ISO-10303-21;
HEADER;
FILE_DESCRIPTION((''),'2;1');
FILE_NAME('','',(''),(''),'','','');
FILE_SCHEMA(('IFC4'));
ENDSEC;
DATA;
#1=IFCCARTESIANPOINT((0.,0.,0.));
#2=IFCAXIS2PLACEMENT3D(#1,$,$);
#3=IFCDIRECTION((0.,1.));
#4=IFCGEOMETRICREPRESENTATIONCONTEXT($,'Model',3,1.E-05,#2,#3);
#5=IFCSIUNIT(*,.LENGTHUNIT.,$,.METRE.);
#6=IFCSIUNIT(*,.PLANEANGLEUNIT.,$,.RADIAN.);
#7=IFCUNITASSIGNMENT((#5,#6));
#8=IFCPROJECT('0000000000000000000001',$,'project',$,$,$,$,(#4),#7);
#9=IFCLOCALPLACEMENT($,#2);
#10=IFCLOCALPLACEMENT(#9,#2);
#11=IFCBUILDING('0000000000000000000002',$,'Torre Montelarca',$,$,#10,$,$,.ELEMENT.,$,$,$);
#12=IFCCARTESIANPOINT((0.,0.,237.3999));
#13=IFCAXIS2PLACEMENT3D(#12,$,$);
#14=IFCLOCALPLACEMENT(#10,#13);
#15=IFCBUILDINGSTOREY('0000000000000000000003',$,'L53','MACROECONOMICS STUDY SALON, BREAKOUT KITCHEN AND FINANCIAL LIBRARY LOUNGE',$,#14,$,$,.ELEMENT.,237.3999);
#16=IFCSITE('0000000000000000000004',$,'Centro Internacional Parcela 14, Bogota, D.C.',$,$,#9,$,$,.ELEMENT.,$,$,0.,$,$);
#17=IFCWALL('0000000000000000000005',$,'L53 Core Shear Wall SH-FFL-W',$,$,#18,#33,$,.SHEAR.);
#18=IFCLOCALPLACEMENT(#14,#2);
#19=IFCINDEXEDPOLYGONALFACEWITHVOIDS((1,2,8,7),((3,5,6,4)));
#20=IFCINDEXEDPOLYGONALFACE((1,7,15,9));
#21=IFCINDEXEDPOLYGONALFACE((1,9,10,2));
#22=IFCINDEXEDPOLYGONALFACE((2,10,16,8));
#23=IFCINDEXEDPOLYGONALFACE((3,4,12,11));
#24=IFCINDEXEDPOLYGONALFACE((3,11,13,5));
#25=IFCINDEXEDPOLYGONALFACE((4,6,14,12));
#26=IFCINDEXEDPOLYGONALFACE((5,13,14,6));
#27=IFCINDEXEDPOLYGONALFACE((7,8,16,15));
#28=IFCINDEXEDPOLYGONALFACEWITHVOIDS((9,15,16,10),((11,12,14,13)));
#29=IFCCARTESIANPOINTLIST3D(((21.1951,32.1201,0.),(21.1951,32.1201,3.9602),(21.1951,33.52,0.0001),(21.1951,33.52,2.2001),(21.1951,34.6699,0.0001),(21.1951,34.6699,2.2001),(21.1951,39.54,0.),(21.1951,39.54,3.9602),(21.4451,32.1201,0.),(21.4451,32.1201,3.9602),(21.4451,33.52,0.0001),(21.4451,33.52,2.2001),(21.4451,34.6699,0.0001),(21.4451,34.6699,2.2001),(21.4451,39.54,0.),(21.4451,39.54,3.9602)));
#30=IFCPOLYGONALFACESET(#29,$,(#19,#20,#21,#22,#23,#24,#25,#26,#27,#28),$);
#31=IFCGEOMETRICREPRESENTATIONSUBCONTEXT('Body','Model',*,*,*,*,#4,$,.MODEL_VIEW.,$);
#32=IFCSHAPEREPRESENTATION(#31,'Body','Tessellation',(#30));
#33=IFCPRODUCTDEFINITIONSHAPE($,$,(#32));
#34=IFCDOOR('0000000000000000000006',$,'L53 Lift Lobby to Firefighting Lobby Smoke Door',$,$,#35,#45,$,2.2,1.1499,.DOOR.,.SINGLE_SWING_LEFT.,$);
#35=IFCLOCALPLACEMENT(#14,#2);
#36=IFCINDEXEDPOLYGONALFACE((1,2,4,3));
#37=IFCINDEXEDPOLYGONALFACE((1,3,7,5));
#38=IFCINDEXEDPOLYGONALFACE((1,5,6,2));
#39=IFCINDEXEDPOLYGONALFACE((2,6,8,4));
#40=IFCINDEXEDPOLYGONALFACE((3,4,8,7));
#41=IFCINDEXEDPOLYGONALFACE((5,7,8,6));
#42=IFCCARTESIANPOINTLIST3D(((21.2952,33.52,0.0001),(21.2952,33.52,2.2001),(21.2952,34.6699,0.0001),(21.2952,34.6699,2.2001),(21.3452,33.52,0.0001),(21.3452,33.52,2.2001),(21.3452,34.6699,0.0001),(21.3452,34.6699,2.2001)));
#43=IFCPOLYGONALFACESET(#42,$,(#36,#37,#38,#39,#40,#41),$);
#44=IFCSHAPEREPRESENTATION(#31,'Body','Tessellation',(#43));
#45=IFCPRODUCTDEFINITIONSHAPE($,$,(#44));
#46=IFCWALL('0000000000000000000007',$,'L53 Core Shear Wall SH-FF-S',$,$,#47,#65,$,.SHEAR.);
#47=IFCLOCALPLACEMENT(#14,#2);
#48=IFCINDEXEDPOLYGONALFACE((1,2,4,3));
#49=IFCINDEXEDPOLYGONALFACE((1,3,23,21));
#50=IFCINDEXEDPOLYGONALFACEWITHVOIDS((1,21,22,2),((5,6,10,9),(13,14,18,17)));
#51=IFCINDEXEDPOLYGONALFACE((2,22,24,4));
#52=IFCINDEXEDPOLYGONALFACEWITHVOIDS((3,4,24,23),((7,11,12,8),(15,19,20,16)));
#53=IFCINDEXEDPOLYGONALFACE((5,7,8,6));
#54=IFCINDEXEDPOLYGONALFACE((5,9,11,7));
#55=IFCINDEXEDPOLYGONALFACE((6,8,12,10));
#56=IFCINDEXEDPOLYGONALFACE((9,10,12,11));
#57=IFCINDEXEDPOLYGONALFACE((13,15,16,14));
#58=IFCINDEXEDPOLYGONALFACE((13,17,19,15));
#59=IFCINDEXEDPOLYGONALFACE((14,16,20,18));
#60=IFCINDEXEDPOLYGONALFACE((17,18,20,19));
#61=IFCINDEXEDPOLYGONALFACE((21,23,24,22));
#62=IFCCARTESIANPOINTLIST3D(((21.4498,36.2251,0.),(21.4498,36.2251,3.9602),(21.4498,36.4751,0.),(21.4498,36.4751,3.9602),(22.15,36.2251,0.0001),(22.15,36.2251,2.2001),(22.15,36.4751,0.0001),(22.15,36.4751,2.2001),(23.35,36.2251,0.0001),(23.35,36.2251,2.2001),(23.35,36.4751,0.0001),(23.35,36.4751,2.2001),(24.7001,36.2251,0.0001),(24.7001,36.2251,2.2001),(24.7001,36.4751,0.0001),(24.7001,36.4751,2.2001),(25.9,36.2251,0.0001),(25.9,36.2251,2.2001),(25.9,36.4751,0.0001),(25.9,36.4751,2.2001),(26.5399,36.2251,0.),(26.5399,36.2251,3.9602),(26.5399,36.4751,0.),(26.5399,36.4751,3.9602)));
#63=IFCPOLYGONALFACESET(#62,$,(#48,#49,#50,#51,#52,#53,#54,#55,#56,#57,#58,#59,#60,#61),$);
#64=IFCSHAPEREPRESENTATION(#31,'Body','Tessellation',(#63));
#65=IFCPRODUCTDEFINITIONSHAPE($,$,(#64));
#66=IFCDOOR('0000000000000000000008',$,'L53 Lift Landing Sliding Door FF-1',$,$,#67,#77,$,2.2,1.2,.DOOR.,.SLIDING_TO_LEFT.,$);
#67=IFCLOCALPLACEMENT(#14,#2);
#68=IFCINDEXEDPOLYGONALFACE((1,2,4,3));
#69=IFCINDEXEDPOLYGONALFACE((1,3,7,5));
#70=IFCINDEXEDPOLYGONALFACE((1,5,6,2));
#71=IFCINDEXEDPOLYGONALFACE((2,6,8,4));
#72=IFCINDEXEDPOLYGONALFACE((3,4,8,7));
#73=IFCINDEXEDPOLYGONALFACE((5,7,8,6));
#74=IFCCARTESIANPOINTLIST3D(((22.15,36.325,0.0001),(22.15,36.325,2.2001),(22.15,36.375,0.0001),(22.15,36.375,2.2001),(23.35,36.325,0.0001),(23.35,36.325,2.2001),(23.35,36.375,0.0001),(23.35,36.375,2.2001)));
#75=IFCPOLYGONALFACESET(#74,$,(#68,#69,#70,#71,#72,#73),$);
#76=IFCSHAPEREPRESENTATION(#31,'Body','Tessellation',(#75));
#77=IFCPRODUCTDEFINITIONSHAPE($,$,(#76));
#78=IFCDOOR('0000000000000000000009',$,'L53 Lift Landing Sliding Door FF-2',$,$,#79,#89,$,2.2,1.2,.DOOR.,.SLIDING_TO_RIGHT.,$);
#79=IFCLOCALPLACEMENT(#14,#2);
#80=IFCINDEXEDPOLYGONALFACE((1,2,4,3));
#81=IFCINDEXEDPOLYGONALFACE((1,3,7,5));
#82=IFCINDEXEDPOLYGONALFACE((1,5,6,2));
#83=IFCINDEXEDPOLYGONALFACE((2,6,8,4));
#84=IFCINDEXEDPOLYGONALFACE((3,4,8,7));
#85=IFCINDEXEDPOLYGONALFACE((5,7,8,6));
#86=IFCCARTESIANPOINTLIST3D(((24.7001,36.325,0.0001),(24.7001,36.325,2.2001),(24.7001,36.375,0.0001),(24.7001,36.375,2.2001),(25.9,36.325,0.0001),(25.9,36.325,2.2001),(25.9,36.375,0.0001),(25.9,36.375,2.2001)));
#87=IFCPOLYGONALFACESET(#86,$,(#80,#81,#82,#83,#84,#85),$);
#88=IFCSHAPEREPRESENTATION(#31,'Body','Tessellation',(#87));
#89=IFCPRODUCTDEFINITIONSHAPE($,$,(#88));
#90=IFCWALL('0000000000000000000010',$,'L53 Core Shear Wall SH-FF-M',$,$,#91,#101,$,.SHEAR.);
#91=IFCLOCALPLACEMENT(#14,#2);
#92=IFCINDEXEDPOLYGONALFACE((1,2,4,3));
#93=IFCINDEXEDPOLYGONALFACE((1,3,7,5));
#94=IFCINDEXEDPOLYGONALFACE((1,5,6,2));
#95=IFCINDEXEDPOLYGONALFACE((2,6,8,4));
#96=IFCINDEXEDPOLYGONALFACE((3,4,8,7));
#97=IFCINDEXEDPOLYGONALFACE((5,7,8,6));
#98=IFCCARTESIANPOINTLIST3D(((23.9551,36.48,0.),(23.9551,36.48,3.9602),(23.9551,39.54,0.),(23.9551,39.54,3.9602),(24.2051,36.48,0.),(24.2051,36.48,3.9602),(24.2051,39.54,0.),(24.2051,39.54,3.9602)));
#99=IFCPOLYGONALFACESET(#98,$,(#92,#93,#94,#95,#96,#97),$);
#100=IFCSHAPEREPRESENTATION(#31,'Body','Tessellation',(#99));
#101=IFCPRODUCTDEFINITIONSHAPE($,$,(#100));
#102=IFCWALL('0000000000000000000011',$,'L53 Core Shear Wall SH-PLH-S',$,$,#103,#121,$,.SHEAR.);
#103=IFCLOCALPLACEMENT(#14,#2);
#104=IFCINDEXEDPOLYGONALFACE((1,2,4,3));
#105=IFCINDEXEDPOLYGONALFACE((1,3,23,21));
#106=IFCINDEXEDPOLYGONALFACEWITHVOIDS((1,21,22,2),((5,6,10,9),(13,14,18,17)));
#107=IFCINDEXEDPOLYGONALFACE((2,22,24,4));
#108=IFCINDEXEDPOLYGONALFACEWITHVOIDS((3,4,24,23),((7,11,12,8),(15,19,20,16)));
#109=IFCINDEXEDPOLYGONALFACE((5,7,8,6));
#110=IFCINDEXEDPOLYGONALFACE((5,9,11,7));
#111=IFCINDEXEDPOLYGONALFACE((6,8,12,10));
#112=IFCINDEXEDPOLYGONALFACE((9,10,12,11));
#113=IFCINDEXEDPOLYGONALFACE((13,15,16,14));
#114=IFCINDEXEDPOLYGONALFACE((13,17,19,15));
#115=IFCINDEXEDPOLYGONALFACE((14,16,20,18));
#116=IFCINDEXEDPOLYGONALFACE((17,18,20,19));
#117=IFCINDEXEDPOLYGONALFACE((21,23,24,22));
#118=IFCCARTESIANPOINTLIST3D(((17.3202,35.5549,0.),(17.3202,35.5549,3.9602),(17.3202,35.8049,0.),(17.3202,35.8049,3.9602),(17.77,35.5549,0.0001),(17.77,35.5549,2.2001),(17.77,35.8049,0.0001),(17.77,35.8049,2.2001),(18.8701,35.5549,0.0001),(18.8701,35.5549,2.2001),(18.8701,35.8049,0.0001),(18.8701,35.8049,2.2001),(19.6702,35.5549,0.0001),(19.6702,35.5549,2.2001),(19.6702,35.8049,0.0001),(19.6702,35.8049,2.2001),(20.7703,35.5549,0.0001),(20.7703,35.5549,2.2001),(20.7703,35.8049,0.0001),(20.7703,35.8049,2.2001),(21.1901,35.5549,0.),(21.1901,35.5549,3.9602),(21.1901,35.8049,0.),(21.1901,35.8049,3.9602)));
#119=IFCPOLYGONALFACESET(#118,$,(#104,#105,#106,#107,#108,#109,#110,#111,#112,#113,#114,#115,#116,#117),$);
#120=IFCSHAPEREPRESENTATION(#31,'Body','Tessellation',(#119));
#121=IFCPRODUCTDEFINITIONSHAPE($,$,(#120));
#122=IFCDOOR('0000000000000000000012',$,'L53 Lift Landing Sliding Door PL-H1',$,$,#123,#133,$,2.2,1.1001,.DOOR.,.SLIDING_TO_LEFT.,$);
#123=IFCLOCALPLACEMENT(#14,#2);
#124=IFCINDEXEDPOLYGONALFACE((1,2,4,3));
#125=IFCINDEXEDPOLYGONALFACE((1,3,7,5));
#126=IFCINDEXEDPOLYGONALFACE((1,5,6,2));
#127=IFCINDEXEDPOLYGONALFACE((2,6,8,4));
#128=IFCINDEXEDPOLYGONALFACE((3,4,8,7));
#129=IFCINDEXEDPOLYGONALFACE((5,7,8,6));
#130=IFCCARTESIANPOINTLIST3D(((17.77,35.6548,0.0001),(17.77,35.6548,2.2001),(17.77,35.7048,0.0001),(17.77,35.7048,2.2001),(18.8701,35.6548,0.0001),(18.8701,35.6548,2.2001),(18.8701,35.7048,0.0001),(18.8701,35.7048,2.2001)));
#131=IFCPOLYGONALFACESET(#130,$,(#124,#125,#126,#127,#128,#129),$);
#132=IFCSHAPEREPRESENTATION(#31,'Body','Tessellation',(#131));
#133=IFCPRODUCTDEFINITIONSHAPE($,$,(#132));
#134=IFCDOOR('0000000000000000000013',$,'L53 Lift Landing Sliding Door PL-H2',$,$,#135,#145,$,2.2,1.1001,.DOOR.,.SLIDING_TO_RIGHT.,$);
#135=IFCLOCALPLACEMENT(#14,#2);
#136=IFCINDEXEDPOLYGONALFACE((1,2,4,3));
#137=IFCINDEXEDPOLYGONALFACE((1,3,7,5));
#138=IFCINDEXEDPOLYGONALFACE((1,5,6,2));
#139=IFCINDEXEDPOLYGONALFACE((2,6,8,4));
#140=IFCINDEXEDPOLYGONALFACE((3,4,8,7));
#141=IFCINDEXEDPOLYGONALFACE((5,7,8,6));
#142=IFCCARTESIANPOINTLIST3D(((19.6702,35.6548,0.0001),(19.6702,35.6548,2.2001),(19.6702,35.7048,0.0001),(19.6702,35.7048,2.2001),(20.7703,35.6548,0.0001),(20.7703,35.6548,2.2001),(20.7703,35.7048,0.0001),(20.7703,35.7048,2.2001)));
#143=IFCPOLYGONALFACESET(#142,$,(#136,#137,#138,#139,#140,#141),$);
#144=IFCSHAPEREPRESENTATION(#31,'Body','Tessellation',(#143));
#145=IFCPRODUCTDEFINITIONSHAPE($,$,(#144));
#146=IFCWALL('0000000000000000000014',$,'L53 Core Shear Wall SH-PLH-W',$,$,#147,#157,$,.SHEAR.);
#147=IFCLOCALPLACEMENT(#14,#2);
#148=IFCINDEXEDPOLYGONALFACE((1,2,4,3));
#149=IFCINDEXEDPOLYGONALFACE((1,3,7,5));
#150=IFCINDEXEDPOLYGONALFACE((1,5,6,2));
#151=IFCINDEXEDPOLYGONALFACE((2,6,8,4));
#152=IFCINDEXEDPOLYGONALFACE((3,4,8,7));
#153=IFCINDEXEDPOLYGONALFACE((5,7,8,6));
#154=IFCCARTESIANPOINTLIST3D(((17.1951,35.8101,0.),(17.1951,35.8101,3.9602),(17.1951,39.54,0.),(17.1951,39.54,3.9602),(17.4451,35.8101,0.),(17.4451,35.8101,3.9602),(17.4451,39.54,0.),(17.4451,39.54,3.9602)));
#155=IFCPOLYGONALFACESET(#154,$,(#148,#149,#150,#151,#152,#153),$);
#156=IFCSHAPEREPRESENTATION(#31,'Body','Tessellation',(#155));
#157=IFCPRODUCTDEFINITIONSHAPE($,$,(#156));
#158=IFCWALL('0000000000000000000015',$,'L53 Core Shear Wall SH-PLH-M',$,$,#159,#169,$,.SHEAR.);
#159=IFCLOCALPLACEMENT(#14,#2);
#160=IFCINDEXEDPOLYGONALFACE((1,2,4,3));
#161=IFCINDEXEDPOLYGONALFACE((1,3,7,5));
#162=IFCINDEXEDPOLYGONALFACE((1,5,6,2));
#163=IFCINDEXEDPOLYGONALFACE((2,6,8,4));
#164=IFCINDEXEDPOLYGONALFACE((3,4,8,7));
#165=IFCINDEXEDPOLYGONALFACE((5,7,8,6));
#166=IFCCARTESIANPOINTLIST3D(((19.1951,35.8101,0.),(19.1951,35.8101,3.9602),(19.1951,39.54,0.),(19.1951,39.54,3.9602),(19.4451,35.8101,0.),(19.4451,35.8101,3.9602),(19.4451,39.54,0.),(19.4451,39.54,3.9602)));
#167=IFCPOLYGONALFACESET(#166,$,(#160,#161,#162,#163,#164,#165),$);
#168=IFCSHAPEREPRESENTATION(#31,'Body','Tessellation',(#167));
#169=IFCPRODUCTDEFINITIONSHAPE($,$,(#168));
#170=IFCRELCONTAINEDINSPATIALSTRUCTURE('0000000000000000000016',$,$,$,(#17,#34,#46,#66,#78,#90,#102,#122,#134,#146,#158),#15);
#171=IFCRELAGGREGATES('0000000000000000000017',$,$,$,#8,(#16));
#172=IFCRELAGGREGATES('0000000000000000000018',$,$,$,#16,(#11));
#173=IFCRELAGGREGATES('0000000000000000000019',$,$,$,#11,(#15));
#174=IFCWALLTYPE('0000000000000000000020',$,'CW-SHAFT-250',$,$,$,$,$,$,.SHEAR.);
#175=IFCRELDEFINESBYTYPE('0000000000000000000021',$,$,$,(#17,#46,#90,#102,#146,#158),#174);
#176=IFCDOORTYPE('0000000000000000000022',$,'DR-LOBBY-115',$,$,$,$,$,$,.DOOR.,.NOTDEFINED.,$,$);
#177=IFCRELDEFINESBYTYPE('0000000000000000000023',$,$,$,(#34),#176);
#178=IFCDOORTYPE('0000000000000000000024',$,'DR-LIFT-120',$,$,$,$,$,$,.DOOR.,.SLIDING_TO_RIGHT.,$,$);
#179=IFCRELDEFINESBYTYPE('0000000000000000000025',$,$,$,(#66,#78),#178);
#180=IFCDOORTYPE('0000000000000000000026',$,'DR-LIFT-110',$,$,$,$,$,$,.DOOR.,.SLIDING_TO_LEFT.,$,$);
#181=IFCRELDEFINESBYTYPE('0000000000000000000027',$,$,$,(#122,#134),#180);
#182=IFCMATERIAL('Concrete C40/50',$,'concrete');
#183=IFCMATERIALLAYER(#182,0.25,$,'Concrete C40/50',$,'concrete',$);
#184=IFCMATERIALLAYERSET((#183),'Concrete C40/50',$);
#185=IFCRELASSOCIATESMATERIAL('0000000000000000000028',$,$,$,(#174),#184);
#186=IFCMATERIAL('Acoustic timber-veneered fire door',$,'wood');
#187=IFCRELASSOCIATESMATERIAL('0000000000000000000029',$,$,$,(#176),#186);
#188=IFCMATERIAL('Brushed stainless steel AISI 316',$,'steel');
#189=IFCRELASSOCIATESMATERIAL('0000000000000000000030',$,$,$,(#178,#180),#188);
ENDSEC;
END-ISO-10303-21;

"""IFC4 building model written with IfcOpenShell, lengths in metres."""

from ifc_helpers import new_model, si_unit, direction, frame, frame_2d, origin, place, context, subcontext, project, spatial, rectangle, extrude, source, transform, mapped, material, layer, layer_set, type_object, element, fill, save


model = new_model("IFC4")

# Units and contexts
model_context = context("Model", 3, precision=1e-05, world=origin(), true_north=direction((0.0, 1.0)))
body_context = subcontext(model_context, "Body", "Model", "MODEL_VIEW")
ifc_project = project(units=[si_unit("LENGTHUNIT", "METRE"), si_unit("PLANEANGLEUNIT", "RADIAN")], contexts=[model_context])

# Site, building, storey
site_placement = place(None, origin())
site = spatial("IfcSite", under=ifc_project, at=site_placement, Name="Centro Internacional Parcela 14, Bogota, D.C.", CompositionType="ELEMENT", RefElevation=0.0)
building_placement = place(site_placement, origin())
building = spatial("IfcBuilding", under=site, at=building_placement, Name="Torre Montelarca", CompositionType="ELEMENT")
storey_placement = place(building_placement, frame((0.0, 0.0, 237.3999)))
storey = spatial("IfcBuildingStorey", under=building, at=storey_placement, Name="L53", Description="MACROECONOMICS STUDY SALON, BREAKOUT KITCHEN AND FINANCIAL LIBRARY LOUNGE", CompositionType="ELEMENT", Elevation=237.3999)

# Wall, opening, door
ifc_material_1 = material(Name="Concrete C40/50", Category="concrete")
ifc_layer_1 = layer(ifc_material_1, 0.25, Name="Concrete C40/50", Category="concrete")
ifc_layer_set_1 = layer_set([ifc_layer_1], Name="Concrete C40/50")
wall_type_1 = type_object("IfcWallType", Name="CW-SHAFT-250", PredefinedType="SHEAR", material=ifc_layer_set_1)
wall_1_placement = place(storey_placement, frame((21.3201, 32.1201, 0.0), z_axis=(0.0, 0.0, 1.0), x_axis=(0.0, 1.0, 0.0)))
wall_1 = element("IfcWall", 1, at=wall_1_placement, inside=storey, type_object=wall_type_1, Name="L53 Core Shear Wall SH-FFL-W", PredefinedType="SHEAR", context=body_context, shape_type="SweptSolid", body=[
    extrude(rectangle(XDim=7.4199, YDim=0.25, at=frame_2d((3.71, 0.0))), origin(), (0.0, 0.0, 1.0), 3.9602),
])
opening_1_placement = place(wall_1_placement, frame((1.3999, 0.0, 0.0)))
opening_1 = element("IfcOpeningElement", 2, at=opening_1_placement, cuts=wall_1, PredefinedType="OPENING", context=body_context, shape_type="SweptSolid", body=[
    extrude(rectangle(XDim=1.1499, YDim=2.2, at=frame_2d((0.575, 1.1001))), frame((0.0, 0.135, 0.0), z_axis=(0.0, -1.0, 0.0), x_axis=(1.0, 0.0, 0.0)), (0.0, 0.0, 1.0), 0.27),
])
ifc_material_2 = material(Name="Acoustic timber-veneered fire door", Category="wood")
door_type_1 = type_object("IfcDoorType", Name="DR-LOBBY-115", OperationType="NOTDEFINED", PredefinedType="DOOR", material=ifc_material_2)
shared_shape_1 = source(origin(), body_context, "Body", "SweptSolid", [
    extrude(rectangle(XDim=1.1499, YDim=2.2, at=frame_2d((0.575, 1.1001))), frame((0.0, 0.0249, 0.0), z_axis=(0.0, -1.0, 0.0), x_axis=(1.0, 0.0, 0.0)), (0.0, 0.0, 1.0), 0.05),
])
door_1_placement = place(opening_1_placement, origin())
door_1 = element("IfcDoor", 3, at=door_1_placement, inside=storey, type_object=door_type_1, Name="L53 Lift Lobby to Firefighting Lobby Smoke Door", OperationType="SINGLE_SWING_LEFT", OverallHeight=2.2, OverallWidth=1.1499, PredefinedType="DOOR", context=body_context, shape_type="MappedRepresentation", body=[
    mapped(shared_shape_1, transform((0.0, 0.0, 0.0), scale=1.0)),
])
fill(opening_1, door_1)

# Wall, openings, doors
wall_2_placement = place(storey_placement, frame((21.45, 36.3501, 0.0), z_axis=(0.0, 0.0, 1.0), x_axis=(1.0, 0.0, 0.0)))
wall_2 = element("IfcWall", 4, at=wall_2_placement, inside=storey, type_object=wall_type_1, Name="L53 Core Shear Wall SH-FF-S", PredefinedType="SHEAR", context=body_context, shape_type="SweptSolid", body=[
    extrude(rectangle(XDim=5.0901, YDim=0.25, at=frame_2d((2.5449, 0.0))), origin(), (0.0, 0.0, 1.0), 3.9602),
])
opening_2_placement = place(wall_2_placement, frame((0.7, 0.0, 0.0)))
opening_2 = element("IfcOpeningElement", 5, at=opening_2_placement, cuts=wall_2, PredefinedType="OPENING", context=body_context, shape_type="SweptSolid", body=[
    extrude(rectangle(XDim=1.2, YDim=2.2, at=frame_2d((0.6001, 1.1001))), frame((0.0, 0.135, 0.0), z_axis=(0.0, -1.0, 0.0), x_axis=(1.0, 0.0, 0.0)), (0.0, 0.0, 1.0), 0.27),
])
opening_3_placement = place(wall_2_placement, frame((3.25, 0.0, 0.0)))
opening_3 = element("IfcOpeningElement", 6, at=opening_3_placement, cuts=wall_2, PredefinedType="OPENING", context=body_context, shape_type="SweptSolid", body=[
    extrude(rectangle(XDim=1.2, YDim=2.2, at=frame_2d((0.6001, 1.1001))), frame((0.0, 0.135, 0.0), z_axis=(0.0, -1.0, 0.0), x_axis=(1.0, 0.0, 0.0)), (0.0, 0.0, 1.0), 0.27),
])
ifc_material_3 = material(Name="Brushed stainless steel AISI 316", Category="steel")
door_type_2 = type_object("IfcDoorType", Name="DR-LIFT-120", OperationType="SLIDING_TO_RIGHT", PredefinedType="DOOR", material=ifc_material_3)
shared_shape_2 = source(origin(), body_context, "Body", "SweptSolid", [
    extrude(rectangle(XDim=1.2, YDim=2.2, at=frame_2d((0.6001, 1.1001))), frame((0.0, 0.0249, 0.0), z_axis=(0.0, -1.0, 0.0), x_axis=(1.0, 0.0, 0.0)), (0.0, 0.0, 1.0), 0.05),
])
door_2_placement = place(opening_2_placement, origin())
door_2 = element("IfcDoor", 7, at=door_2_placement, inside=storey, type_object=door_type_2, Name="L53 Lift Landing Sliding Door FF-1", OperationType="SLIDING_TO_LEFT", OverallHeight=2.2, OverallWidth=1.2, PredefinedType="DOOR", context=body_context, shape_type="MappedRepresentation", body=[
    mapped(shared_shape_2, transform((0.0, 0.0, 0.0), scale=1.0)),
])
fill(opening_2, door_2)
door_3_placement = place(opening_3_placement, origin())
door_3 = element("IfcDoor", 8, at=door_3_placement, inside=storey, type_object=door_type_2, Name="L53 Lift Landing Sliding Door FF-2", OperationType="SLIDING_TO_RIGHT", OverallHeight=2.2, OverallWidth=1.2, PredefinedType="DOOR", context=body_context, shape_type="MappedRepresentation", body=[
    mapped(shared_shape_2, transform((0.0, 0.0, 0.0), scale=1.0)),
])
fill(opening_3, door_3)

# Wall
wall_3_placement = place(storey_placement, frame((24.0801, 36.48, 0.0), z_axis=(0.0, 0.0, 1.0), x_axis=(0.0, 1.0, 0.0)))
element("IfcWall", 9, at=wall_3_placement, inside=storey, type_object=wall_type_1, Name="L53 Core Shear Wall SH-FF-M", PredefinedType="SHEAR", context=body_context, shape_type="SweptSolid", body=[
    extrude(rectangle(XDim=3.0601, YDim=0.25, at=frame_2d((1.53, 0.0))), origin(), (0.0, 0.0, 1.0), 3.9602),
])

# Wall, openings, doors
wall_4_placement = place(storey_placement, frame((17.3201, 35.6799, 0.0), z_axis=(0.0, 0.0, 1.0), x_axis=(1.0, 0.0, 0.0)))
wall_4 = element("IfcWall", 10, at=wall_4_placement, inside=storey, type_object=wall_type_1, Name="L53 Core Shear Wall SH-PLH-S", PredefinedType="SHEAR", context=body_context, shape_type="SweptSolid", body=[
    extrude(rectangle(XDim=3.8699, YDim=0.25, at=frame_2d((1.9351, 0.0))), origin(), (0.0, 0.0, 1.0), 3.9602),
])
opening_4_placement = place(wall_4_placement, frame((0.45, 0.0, 0.0)))
opening_4 = element("IfcOpeningElement", 11, at=opening_4_placement, cuts=wall_4, PredefinedType="OPENING", context=body_context, shape_type="SweptSolid", body=[
    extrude(rectangle(XDim=1.1001, YDim=2.2, at=frame_2d((0.55, 1.1001))), frame((0.0, 0.135, 0.0), z_axis=(0.0, -1.0, 0.0), x_axis=(1.0, 0.0, 0.0)), (0.0, 0.0, 1.0), 0.27),
])
opening_5_placement = place(wall_4_placement, frame((2.3501, 0.0, 0.0)))
opening_5 = element("IfcOpeningElement", 12, at=opening_5_placement, cuts=wall_4, PredefinedType="OPENING", context=body_context, shape_type="SweptSolid", body=[
    extrude(rectangle(XDim=1.1001, YDim=2.2, at=frame_2d((0.55, 1.1001))), frame((0.0, 0.135, 0.0), z_axis=(0.0, -1.0, 0.0), x_axis=(1.0, 0.0, 0.0)), (0.0, 0.0, 1.0), 0.27),
])
door_type_3 = type_object("IfcDoorType", Name="DR-LIFT-110", OperationType="SLIDING_TO_LEFT", PredefinedType="DOOR", material=ifc_material_3)
shared_shape_3 = source(origin(), body_context, "Body", "SweptSolid", [
    extrude(rectangle(XDim=1.1001, YDim=2.2, at=frame_2d((0.55, 1.1001))), frame((0.0, 0.0249, 0.0), z_axis=(0.0, -1.0, 0.0), x_axis=(1.0, 0.0, 0.0)), (0.0, 0.0, 1.0), 0.05),
])
door_4_placement = place(opening_4_placement, origin())
door_4 = element("IfcDoor", 13, at=door_4_placement, inside=storey, type_object=door_type_3, Name="L53 Lift Landing Sliding Door PL-H1", OperationType="SLIDING_TO_LEFT", OverallHeight=2.2, OverallWidth=1.1001, PredefinedType="DOOR", context=body_context, shape_type="MappedRepresentation", body=[
    mapped(shared_shape_3, transform((0.0, 0.0, 0.0), scale=1.0)),
])
fill(opening_4, door_4)
door_5_placement = place(opening_5_placement, origin())
door_5 = element("IfcDoor", 14, at=door_5_placement, inside=storey, type_object=door_type_3, Name="L53 Lift Landing Sliding Door PL-H2", OperationType="SLIDING_TO_RIGHT", OverallHeight=2.2, OverallWidth=1.1001, PredefinedType="DOOR", context=body_context, shape_type="MappedRepresentation", body=[
    mapped(shared_shape_3, transform((0.0, 0.0, 0.0), scale=1.0)),
])
fill(opening_5, door_5)

# Walls
for number, where, z_axis, x_axis, name in (
    (15, (17.3201, 35.8101, 0.0), (0.0, 0.0, 1.0), (0.0, 1.0, 0.0), "L53 Core Shear Wall SH-PLH-W"),
    (16, (19.3201, 35.8101, 0.0), (0.0, 0.0, 1.0), (0.0, 1.0, 0.0), "L53 Core Shear Wall SH-PLH-M"),
):
    element("IfcWall", number, at=place(storey_placement, frame(where, z_axis=z_axis, x_axis=x_axis)), inside=storey, type_object=wall_type_1, Name=name, PredefinedType="SHEAR", context=body_context, shape_type="SweptSolid", body=[
        extrude(rectangle(XDim=3.73, YDim=0.25, at=frame_2d((1.865, 0.0))), origin(), (0.0, 0.0, 1.0), 3.9602),
    ])

save(model, "model.ifc")
